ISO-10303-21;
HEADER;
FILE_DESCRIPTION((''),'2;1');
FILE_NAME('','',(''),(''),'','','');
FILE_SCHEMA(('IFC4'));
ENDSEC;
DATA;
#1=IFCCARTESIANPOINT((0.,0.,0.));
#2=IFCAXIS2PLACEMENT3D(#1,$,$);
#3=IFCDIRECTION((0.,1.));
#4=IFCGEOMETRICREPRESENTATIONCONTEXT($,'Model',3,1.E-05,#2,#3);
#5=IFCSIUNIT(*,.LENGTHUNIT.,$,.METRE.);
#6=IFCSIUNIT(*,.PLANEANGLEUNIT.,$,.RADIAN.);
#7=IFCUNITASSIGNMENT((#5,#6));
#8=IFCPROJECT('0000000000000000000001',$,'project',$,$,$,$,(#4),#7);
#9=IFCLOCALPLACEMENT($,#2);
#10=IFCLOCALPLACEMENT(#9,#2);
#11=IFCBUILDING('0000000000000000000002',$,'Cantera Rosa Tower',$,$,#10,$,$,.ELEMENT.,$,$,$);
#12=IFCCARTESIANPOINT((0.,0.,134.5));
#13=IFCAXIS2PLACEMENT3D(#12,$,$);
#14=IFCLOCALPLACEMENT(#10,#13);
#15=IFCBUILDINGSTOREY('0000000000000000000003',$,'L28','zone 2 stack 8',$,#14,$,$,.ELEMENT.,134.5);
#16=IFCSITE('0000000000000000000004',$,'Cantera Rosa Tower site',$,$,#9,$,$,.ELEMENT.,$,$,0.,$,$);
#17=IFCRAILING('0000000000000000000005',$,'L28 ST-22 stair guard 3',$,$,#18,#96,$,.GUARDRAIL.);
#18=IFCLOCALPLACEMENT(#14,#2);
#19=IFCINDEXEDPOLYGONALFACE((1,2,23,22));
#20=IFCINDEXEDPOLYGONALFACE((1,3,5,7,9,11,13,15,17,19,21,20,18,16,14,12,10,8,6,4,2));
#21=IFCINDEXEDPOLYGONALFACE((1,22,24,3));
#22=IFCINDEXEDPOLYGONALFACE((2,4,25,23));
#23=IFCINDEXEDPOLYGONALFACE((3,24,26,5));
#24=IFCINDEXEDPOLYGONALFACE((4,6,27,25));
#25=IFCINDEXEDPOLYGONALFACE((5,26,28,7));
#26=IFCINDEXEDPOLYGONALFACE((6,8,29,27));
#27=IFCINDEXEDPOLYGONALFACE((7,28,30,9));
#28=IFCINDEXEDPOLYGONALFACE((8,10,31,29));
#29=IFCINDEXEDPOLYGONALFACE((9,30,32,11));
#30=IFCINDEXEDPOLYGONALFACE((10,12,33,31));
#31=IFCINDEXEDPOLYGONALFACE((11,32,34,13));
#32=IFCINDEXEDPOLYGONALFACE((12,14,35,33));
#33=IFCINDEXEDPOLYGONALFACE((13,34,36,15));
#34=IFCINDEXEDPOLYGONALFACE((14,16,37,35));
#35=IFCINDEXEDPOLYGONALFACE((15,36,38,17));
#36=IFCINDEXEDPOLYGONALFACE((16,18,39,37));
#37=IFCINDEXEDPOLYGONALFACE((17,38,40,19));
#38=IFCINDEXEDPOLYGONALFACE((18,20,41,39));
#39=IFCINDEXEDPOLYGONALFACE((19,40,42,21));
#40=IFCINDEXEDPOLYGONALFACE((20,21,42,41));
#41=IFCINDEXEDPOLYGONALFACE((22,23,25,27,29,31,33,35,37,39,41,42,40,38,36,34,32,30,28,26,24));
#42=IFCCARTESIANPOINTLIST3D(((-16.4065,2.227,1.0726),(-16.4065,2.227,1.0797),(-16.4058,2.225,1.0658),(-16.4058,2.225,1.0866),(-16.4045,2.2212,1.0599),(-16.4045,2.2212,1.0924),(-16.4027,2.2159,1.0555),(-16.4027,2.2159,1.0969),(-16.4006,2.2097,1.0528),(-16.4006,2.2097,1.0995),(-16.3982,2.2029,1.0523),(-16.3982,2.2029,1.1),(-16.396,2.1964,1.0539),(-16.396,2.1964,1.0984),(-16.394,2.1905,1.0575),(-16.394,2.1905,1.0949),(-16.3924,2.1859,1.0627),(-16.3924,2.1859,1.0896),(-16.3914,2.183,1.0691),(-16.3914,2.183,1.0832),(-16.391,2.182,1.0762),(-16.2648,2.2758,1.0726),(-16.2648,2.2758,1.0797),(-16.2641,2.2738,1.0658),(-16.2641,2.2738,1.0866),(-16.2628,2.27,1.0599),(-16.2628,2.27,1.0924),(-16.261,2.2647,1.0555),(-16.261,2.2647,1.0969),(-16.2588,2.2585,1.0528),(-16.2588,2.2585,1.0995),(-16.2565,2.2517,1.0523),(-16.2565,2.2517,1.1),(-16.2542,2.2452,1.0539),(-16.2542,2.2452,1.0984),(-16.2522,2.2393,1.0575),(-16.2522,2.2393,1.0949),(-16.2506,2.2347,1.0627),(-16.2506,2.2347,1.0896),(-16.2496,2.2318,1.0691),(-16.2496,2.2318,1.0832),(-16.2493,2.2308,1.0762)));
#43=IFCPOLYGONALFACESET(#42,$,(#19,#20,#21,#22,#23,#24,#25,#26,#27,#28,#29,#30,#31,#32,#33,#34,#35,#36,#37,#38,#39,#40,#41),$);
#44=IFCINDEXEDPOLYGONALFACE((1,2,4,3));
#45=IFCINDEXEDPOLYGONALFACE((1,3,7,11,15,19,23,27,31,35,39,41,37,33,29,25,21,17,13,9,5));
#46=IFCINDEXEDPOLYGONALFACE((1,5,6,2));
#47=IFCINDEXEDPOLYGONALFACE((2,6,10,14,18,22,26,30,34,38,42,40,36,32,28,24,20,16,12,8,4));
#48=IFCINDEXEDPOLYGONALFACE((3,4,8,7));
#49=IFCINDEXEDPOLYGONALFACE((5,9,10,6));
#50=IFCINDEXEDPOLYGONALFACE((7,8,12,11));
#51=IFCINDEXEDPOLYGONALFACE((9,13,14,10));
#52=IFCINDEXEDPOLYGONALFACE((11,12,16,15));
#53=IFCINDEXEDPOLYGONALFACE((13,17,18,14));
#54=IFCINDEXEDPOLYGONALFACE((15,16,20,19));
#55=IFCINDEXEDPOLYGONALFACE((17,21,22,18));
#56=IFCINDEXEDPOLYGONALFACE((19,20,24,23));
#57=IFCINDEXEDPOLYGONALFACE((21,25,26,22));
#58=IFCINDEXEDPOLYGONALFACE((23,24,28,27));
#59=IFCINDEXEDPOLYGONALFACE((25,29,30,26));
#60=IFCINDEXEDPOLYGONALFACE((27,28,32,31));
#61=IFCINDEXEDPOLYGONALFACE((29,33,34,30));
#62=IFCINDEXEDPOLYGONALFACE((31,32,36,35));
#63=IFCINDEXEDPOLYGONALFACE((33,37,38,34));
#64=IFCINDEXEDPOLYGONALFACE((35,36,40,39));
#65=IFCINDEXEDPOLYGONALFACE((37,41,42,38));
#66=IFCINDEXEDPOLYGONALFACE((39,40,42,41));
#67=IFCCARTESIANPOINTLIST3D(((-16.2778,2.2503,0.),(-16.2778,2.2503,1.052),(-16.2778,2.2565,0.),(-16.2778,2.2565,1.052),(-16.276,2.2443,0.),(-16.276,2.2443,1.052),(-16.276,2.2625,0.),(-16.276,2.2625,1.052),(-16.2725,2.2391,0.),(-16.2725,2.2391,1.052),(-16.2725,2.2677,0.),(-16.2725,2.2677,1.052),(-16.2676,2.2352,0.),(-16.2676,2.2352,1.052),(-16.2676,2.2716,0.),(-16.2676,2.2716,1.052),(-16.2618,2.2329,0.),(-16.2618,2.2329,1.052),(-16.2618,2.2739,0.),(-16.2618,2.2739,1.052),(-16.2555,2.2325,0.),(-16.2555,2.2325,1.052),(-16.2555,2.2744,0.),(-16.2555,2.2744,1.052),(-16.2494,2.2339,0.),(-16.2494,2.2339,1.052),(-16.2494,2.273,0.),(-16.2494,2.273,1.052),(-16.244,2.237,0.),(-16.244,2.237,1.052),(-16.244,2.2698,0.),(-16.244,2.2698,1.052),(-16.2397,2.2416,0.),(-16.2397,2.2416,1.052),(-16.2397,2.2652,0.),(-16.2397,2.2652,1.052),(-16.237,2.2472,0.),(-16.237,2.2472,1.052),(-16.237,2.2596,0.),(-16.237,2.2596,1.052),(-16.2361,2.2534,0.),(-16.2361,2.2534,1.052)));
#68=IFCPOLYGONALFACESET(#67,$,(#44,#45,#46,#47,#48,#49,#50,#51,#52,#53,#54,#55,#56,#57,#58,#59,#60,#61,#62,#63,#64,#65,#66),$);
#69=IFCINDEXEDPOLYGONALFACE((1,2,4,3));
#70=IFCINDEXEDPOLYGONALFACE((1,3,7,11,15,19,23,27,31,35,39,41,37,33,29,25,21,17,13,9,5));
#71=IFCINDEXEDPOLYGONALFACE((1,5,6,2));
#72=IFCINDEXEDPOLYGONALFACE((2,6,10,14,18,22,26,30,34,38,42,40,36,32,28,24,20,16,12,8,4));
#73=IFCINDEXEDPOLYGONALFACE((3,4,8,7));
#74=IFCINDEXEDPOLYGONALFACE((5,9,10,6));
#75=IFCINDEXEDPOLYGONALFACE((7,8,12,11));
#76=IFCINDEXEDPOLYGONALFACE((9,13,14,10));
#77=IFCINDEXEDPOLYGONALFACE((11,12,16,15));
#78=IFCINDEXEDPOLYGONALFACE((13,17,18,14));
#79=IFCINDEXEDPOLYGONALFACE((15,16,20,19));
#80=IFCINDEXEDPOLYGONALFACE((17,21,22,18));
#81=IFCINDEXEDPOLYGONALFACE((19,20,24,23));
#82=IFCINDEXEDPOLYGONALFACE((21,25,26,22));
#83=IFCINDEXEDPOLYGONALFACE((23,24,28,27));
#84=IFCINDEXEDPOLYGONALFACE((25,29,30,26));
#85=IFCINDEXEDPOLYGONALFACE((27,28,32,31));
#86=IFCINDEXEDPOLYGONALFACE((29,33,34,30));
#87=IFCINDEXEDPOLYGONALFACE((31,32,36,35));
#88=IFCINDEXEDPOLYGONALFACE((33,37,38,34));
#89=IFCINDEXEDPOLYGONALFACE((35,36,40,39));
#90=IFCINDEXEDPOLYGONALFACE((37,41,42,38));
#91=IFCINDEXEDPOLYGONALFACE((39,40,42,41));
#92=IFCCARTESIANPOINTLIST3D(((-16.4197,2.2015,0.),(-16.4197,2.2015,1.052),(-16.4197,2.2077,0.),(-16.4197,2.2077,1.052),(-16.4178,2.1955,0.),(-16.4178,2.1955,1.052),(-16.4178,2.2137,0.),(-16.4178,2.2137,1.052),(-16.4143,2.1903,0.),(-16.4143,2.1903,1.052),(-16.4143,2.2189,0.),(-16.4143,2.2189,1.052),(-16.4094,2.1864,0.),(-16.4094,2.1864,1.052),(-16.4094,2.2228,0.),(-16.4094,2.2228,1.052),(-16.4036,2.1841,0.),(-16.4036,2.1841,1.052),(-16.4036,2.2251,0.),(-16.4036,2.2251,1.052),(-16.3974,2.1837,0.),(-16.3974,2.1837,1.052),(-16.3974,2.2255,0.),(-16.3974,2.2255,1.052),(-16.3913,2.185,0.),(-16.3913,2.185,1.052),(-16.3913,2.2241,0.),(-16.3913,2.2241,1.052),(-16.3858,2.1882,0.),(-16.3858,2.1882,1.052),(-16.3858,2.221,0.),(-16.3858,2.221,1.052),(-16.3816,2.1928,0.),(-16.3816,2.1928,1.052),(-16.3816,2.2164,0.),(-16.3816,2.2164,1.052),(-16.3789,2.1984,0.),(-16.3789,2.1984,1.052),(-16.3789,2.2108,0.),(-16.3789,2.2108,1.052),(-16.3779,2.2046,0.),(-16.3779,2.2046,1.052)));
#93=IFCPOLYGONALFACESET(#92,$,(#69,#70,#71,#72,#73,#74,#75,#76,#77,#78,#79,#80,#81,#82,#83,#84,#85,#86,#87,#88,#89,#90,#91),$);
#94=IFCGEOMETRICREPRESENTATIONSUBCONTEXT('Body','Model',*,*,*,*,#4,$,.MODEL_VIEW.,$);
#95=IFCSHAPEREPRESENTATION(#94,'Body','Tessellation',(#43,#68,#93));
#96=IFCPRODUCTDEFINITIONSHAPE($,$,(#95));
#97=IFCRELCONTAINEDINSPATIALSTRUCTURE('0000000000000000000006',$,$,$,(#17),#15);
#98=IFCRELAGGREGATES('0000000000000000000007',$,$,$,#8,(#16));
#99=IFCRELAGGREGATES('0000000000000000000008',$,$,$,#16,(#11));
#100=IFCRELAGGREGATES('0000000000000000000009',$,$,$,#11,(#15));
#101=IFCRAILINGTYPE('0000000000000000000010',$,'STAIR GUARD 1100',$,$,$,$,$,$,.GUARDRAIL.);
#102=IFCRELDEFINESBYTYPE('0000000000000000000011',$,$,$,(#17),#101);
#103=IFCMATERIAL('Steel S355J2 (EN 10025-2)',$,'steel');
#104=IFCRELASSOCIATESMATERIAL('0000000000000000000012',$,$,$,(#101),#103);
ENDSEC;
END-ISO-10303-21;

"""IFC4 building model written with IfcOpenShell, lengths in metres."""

from ifc_helpers import new_model, si_unit, direction, frame, origin, origin_2d, place, context, subcontext, project, spatial, circle, extrude, material, type_object, element, save


model = new_model("IFC4")

# Units and contexts
model_context = context("Model", 3, precision=1e-05, world=origin(), true_north=direction((0.0, 1.0)))
body_context = subcontext(model_context, "Body", "Model", "MODEL_VIEW")
ifc_project = project(units=[si_unit("LENGTHUNIT", "METRE"), si_unit("PLANEANGLEUNIT", "RADIAN")], contexts=[model_context])

# Site, building, storey
site_placement = place(None, origin())
site = spatial("IfcSite", under=ifc_project, at=site_placement, Name="Cantera Rosa Tower site", CompositionType="ELEMENT", RefElevation=0.0)
building_placement = place(site_placement, origin())
building = spatial("IfcBuilding", under=site, at=building_placement, Name="Cantera Rosa Tower", CompositionType="ELEMENT")
storey_placement = place(building_placement, frame((0.0, 0.0, 134.5)))
storey = spatial("IfcBuildingStorey", under=building, at=storey_placement, Name="L28", Description="zone 2 stack 8", CompositionType="ELEMENT", Elevation=134.5)

# Railing
ifc_material_1 = material(Name="Steel S355J2 (EN 10025-2)", Category="steel")
railing_type_1 = type_object("IfcRailingType", Name="STAIR GUARD 1100", PredefinedType="GUARDRAIL", material=ifc_material_1)
railing_1_placement = place(storey_placement, frame((-16.2571, 2.2534, 0.0)))
element("IfcRailing", 1, at=railing_1_placement, inside=storey, type_object=railing_type_1, Name="L28 ST-22 stair guard 3", PredefinedType="GUARDRAIL", context=body_context, shape_type="SweptSolid", body=[
    extrude(circle(Radius=0.0239, at=origin_2d()), frame((0.0, 0.0, 1.0762), z_axis=(-0.945546, -0.325489, 0.0), x_axis=(0.325489, -0.945546, 0.0)), (0.0, 0.0, 1.0), 0.1499),
    extrude(circle(Radius=0.021, at=origin_2d()), origin(), (0.0, 0.0, 1.0), 1.052),
    extrude(circle(Radius=0.021, at=origin_2d()), frame((-0.1418, -0.0488, 0.0)), (0.0, 0.0, 1.0), 1.052),
])

save(model, "model.ifc")
